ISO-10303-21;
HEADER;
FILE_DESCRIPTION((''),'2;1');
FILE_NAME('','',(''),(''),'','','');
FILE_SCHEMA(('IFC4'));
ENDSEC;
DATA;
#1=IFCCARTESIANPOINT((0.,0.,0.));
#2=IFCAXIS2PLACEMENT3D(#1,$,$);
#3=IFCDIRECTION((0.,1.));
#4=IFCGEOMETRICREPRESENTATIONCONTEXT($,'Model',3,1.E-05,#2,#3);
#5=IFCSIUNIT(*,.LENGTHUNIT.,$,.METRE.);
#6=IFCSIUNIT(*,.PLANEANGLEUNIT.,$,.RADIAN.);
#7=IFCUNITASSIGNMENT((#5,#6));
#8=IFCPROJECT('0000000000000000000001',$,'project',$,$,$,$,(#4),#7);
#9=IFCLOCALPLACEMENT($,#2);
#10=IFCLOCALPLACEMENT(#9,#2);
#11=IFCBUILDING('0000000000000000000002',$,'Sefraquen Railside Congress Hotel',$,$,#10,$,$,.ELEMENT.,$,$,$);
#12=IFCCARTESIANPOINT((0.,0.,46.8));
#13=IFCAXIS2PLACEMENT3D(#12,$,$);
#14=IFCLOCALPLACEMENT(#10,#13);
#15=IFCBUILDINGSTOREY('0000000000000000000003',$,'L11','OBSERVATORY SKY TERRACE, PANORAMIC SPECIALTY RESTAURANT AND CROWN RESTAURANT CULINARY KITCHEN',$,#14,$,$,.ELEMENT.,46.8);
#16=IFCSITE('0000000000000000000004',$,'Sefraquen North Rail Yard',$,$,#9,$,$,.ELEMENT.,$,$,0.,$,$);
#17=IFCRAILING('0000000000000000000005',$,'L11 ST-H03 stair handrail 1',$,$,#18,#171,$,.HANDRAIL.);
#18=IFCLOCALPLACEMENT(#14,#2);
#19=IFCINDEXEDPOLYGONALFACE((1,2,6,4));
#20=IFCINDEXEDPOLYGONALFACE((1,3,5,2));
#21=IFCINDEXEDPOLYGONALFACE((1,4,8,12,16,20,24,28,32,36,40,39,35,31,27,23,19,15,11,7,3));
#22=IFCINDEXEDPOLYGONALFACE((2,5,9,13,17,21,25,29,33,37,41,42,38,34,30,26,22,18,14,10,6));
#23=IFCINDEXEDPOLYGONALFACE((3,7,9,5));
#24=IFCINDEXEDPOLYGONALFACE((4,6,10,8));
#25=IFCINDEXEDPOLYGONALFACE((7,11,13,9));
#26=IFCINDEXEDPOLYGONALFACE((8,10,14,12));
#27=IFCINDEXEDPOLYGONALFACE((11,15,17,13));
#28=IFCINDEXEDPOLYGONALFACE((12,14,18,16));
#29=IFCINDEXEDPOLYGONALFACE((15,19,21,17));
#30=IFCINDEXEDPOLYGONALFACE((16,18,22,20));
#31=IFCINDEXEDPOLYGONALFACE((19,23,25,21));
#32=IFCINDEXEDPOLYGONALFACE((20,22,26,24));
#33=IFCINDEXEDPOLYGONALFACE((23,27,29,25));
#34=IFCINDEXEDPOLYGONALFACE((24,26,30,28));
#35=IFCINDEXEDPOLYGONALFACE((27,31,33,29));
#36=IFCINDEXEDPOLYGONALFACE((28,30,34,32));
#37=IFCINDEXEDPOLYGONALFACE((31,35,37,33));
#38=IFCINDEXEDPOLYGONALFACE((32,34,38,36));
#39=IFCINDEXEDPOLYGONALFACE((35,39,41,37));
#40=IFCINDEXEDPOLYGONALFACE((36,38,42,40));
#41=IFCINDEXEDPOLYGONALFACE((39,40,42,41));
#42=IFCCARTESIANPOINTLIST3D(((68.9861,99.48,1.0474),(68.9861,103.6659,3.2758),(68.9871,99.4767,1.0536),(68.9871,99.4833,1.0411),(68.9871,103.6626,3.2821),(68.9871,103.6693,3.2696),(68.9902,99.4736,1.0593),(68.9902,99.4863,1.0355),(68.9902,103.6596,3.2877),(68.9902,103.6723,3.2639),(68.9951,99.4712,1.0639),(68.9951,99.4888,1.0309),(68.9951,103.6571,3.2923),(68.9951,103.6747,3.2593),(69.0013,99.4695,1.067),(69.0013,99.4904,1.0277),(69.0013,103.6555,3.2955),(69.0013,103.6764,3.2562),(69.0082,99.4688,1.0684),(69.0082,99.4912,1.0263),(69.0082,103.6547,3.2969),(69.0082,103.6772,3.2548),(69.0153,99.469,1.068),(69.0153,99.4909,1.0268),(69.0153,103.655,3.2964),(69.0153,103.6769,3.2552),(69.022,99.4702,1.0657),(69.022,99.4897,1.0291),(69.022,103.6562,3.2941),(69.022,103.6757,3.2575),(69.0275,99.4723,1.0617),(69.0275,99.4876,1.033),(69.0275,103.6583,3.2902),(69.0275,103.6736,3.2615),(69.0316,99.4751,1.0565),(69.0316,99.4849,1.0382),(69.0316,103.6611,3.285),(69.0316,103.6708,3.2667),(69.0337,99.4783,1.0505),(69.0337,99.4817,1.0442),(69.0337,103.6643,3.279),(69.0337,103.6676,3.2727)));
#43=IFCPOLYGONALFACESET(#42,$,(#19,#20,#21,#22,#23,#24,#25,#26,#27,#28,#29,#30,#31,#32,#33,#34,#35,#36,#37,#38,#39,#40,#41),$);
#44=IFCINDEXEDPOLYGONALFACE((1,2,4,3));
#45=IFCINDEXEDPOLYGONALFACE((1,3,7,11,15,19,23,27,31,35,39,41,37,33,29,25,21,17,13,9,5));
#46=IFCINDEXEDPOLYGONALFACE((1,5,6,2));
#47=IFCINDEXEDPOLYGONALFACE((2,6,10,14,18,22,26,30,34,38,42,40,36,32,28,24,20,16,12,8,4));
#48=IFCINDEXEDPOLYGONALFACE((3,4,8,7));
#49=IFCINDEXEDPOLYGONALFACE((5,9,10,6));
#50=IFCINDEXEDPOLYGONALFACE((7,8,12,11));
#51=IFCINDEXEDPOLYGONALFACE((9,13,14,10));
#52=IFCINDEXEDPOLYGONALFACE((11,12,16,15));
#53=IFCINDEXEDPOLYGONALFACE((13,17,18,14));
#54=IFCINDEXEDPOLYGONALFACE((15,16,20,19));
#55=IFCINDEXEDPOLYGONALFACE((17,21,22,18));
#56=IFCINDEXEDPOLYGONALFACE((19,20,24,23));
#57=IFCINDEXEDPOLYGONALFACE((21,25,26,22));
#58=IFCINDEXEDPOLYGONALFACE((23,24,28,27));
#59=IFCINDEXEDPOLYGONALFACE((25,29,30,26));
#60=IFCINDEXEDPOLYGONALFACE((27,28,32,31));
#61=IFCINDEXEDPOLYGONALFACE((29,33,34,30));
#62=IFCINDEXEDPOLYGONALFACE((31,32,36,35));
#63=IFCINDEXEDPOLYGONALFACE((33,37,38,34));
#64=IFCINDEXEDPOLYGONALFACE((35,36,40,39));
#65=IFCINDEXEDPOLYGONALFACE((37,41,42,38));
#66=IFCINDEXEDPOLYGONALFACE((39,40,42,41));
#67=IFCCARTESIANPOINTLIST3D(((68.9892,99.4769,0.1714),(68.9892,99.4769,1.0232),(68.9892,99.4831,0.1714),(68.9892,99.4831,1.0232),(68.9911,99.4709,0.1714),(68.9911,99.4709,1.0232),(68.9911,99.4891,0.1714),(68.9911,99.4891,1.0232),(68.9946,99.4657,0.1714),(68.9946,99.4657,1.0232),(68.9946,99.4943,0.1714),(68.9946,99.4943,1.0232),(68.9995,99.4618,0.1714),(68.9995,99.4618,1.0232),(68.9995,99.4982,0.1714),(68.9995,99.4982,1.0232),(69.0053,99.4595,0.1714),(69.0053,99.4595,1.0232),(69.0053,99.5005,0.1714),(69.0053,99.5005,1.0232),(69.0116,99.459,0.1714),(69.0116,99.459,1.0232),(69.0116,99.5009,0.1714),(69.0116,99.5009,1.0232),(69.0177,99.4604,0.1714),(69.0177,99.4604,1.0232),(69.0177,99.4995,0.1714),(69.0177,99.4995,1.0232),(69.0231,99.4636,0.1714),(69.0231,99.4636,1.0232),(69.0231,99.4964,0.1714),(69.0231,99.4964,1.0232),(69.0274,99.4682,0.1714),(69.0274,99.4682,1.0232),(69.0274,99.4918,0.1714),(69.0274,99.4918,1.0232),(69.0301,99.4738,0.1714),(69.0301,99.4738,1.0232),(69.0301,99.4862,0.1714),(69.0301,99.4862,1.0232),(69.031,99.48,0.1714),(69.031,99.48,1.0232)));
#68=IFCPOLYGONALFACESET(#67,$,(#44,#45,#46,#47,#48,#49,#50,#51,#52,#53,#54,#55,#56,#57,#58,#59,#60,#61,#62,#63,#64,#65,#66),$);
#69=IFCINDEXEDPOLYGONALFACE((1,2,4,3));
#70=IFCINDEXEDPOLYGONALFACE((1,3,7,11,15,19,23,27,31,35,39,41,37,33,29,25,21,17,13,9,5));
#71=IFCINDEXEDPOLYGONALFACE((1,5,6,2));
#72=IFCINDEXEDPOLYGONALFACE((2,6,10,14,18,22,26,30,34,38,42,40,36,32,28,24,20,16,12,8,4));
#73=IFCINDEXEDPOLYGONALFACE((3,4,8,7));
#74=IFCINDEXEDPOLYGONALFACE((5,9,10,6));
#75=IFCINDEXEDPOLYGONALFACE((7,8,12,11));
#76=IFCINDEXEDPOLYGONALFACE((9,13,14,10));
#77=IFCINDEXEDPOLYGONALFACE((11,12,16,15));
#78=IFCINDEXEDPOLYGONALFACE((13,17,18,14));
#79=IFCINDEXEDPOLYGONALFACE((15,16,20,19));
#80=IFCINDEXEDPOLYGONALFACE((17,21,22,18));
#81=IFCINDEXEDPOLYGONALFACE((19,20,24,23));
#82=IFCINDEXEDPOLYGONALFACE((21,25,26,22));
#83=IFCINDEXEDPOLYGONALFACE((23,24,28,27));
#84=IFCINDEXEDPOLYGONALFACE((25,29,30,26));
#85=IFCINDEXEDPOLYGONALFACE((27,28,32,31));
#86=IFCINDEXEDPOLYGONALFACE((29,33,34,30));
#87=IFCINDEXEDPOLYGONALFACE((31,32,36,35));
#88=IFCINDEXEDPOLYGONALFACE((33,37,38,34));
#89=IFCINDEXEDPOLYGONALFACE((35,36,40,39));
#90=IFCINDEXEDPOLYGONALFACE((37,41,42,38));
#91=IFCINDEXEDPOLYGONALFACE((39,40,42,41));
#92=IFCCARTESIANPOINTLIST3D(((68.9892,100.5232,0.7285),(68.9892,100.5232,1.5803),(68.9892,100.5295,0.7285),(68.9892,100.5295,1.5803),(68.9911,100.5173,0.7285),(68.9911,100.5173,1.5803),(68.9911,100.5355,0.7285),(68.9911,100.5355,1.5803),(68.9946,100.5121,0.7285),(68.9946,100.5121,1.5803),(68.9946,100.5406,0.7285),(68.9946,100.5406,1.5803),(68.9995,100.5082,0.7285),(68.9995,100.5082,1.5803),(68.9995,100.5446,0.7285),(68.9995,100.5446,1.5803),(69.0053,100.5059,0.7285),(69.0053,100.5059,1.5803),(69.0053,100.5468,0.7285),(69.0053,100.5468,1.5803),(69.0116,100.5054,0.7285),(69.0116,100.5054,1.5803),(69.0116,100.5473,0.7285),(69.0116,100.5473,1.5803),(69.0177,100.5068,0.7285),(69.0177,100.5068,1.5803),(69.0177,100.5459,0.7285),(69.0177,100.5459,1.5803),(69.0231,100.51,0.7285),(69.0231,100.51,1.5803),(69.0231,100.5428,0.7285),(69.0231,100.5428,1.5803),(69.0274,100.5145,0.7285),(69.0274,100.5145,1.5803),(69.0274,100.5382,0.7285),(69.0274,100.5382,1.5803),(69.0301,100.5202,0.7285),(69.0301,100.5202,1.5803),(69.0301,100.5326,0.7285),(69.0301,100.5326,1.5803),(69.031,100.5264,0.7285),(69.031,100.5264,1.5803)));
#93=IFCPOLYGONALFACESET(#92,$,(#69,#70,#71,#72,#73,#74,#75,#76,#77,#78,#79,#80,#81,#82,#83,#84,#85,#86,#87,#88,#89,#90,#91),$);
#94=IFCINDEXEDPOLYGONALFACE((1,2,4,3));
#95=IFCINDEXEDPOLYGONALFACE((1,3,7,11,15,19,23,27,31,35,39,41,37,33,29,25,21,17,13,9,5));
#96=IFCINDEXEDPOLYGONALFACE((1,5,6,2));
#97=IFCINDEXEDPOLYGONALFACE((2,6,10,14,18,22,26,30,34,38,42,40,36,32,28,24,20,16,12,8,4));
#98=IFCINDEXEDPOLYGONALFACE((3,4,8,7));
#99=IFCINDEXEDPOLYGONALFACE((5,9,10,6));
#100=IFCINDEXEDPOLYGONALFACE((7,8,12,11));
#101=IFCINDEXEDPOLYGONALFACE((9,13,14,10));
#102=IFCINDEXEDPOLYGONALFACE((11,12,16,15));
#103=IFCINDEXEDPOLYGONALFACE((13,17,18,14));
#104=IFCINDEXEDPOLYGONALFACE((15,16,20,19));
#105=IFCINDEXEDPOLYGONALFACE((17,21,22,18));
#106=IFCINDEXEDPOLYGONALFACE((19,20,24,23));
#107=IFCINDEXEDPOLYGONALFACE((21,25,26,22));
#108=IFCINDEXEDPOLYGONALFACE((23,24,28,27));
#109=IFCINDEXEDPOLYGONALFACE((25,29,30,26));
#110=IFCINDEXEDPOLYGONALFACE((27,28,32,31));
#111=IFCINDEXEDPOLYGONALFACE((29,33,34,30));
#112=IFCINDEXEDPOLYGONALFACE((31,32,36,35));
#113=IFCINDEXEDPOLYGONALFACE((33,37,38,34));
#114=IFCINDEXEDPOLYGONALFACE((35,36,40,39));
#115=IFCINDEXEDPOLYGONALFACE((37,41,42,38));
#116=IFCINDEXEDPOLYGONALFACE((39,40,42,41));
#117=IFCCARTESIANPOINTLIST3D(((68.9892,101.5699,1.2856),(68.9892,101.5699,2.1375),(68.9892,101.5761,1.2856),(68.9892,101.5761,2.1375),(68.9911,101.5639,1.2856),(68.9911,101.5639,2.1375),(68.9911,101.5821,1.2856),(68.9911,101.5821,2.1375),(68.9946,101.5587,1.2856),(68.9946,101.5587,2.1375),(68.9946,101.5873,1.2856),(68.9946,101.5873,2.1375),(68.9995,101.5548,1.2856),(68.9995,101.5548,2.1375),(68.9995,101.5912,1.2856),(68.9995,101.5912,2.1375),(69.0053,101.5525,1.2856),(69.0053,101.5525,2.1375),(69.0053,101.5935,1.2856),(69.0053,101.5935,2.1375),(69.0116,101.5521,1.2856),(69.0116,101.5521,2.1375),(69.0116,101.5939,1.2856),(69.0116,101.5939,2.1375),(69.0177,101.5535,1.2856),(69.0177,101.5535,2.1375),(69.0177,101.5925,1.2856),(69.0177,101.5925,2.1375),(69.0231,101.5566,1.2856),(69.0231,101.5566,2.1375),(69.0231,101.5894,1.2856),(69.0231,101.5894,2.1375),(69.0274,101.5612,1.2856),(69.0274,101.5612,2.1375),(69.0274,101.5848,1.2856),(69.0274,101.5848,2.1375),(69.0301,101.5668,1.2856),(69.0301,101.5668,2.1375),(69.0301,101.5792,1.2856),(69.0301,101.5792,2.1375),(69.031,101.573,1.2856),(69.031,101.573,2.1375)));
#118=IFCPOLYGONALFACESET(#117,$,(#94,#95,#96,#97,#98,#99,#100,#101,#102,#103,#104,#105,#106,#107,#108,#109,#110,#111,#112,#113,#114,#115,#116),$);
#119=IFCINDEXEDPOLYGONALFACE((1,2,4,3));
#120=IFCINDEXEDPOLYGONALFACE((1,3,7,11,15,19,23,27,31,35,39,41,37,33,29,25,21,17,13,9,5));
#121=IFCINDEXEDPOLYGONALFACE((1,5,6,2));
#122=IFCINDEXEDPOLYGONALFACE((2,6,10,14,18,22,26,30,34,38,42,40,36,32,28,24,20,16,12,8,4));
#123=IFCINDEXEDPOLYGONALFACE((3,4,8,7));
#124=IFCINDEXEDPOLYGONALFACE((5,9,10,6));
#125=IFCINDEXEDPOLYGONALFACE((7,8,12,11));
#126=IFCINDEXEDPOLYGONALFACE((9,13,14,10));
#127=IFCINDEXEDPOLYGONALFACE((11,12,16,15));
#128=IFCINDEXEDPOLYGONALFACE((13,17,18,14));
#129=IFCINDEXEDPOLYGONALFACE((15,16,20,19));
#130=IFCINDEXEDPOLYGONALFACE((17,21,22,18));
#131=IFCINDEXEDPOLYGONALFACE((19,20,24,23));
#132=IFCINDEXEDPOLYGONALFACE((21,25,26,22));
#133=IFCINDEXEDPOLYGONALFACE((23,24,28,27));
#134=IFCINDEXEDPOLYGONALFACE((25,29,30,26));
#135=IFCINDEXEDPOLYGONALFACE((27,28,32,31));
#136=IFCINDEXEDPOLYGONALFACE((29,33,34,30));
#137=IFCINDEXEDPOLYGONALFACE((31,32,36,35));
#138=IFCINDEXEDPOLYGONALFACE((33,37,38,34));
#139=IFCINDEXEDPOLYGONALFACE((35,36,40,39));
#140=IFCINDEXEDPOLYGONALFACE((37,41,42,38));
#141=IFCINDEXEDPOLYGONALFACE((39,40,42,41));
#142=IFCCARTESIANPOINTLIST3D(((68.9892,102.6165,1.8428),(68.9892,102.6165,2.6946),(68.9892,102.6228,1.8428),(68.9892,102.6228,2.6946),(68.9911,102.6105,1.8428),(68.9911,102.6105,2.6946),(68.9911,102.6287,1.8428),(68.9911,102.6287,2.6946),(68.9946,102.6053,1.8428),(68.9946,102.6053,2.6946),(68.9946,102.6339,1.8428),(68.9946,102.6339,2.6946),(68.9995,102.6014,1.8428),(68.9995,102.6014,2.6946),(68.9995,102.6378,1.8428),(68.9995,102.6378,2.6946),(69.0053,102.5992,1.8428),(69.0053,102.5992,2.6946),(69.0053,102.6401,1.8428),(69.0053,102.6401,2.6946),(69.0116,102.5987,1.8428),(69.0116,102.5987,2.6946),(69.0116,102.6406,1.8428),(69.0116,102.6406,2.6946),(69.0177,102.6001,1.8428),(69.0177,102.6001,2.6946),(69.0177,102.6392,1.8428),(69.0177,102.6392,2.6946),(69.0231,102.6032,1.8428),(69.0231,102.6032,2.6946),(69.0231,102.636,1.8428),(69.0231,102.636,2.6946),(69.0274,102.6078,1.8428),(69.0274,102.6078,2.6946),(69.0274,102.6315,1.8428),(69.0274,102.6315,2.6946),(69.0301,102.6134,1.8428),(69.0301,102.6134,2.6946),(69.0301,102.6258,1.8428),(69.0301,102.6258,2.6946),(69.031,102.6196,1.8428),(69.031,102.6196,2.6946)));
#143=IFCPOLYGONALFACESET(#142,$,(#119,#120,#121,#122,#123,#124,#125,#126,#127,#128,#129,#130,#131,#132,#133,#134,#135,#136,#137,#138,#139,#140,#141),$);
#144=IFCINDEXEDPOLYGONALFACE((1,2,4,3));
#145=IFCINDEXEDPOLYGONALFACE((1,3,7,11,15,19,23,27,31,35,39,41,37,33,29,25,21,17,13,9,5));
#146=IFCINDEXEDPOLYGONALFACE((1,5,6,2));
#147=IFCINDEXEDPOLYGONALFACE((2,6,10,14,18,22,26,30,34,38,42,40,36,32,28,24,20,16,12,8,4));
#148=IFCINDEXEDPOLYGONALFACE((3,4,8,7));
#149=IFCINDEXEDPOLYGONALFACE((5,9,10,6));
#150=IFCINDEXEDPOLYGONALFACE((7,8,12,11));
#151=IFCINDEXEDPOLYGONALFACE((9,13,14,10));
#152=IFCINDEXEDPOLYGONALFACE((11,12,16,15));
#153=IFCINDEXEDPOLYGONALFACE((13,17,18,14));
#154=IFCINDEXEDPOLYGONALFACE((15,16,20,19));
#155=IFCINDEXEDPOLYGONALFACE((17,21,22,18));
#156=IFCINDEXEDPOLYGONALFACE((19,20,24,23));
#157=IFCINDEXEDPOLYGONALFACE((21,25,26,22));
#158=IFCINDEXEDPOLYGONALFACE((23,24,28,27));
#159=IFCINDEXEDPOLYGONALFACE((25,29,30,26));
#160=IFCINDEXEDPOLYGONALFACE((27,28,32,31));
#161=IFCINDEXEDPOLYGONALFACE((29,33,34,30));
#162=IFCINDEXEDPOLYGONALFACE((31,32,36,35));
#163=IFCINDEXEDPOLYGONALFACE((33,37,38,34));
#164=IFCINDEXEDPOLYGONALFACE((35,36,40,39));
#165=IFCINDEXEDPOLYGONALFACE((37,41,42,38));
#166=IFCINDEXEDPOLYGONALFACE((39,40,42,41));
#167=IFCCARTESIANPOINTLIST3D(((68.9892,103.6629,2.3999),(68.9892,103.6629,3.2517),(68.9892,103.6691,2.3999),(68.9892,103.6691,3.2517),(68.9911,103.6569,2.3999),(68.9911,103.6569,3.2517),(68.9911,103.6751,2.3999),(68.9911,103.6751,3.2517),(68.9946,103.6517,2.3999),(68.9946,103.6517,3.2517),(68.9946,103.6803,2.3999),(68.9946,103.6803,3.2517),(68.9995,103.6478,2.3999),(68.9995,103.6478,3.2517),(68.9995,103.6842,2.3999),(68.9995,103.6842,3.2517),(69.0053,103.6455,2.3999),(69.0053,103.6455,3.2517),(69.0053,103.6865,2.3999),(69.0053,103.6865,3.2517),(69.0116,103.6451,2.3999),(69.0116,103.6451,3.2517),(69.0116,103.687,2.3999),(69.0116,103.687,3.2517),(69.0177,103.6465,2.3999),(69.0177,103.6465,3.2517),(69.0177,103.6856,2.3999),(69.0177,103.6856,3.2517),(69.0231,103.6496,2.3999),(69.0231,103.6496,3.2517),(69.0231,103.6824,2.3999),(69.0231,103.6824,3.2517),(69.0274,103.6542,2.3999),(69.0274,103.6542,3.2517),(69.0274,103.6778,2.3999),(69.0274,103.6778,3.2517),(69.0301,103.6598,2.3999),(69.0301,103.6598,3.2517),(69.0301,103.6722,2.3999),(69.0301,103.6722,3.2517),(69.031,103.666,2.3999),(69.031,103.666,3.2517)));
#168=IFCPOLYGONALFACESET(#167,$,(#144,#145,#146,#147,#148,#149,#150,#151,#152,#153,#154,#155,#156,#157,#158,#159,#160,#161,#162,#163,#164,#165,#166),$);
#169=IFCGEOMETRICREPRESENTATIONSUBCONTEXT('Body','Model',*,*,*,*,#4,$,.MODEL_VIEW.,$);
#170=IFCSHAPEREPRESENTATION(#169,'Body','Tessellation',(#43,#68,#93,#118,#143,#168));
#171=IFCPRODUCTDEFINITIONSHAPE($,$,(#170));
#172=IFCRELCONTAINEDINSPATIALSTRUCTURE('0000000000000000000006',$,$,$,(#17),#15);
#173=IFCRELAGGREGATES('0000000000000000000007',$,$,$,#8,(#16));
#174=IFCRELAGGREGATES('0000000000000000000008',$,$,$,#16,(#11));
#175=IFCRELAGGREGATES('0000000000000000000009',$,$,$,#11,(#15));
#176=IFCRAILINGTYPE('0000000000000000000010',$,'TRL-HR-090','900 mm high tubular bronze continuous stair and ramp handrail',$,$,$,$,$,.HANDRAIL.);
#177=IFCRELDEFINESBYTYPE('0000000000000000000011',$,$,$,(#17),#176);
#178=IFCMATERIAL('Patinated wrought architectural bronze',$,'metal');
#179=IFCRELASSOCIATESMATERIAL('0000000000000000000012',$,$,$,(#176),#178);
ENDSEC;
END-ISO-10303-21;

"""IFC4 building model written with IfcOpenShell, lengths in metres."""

from ifc_helpers import new_model, si_unit, direction, frame, origin, origin_2d, place, context, subcontext, project, spatial, circle, extrude, material, type_object, element, save


model = new_model("IFC4")

# Units and contexts
model_context = context("Model", 3, precision=1e-05, world=origin(), true_north=direction((0.0, 1.0)))
body_context = subcontext(model_context, "Body", "Model", "MODEL_VIEW")
ifc_project = project(units=[si_unit("LENGTHUNIT", "METRE"), si_unit("PLANEANGLEUNIT", "RADIAN")], contexts=[model_context])

# Site, building, storey
site_placement = place(None, origin())
site = spatial("IfcSite", under=ifc_project, at=site_placement, Name="Sefraquen North Rail Yard", CompositionType="ELEMENT", RefElevation=0.0)
building_placement = place(site_placement, origin())
building = spatial("IfcBuilding", under=site, at=building_placement, Name="Sefraquen Railside Congress Hotel", CompositionType="ELEMENT")
storey_placement = place(building_placement, frame((0.0, 0.0, 46.8)))
storey = spatial("IfcBuildingStorey", under=building, at=storey_placement, Name="L11", Description="OBSERVATORY SKY TERRACE, PANORAMIC SPECIALTY RESTAURANT AND CROWN RESTAURANT CULINARY KITCHEN", CompositionType="ELEMENT", Elevation=46.8)

# Railing
ifc_material_1 = material(Name="Patinated wrought architectural bronze", Category="metal")
railing_type_1 = type_object("IfcRailingType", Name="TRL-HR-090", Description="900 mm high tubular bronze continuous stair and ramp handrail", PredefinedType="HANDRAIL", material=ifc_material_1)
railing_1_placement = place(storey_placement, frame((69.01, 99.48, 0.1714)))
element("IfcRailing", 1, at=railing_1_placement, inside=storey, type_object=railing_type_1, Name="L11 ST-H03 stair handrail 1", PredefinedType="HANDRAIL", context=body_context, shape_type="SweptSolid", body=[
    extrude(circle(Radius=0.0239, at=origin_2d()), frame((0.0, 0.0, 0.876), z_axis=(0.0, 0.882706, 0.469925), x_axis=(-1.0, 0.0, 0.0)), (0.0, 0.0, 1.0), 4.7422),
    extrude(circle(Radius=0.021, at=origin_2d()), origin(), (0.0, 0.0, 1.0), 0.8518),
    extrude(circle(Radius=0.021, at=origin_2d()), frame((0.0, 1.0464, 0.5571)), (0.0, 0.0, 1.0), 0.8518),
    extrude(circle(Radius=0.021, at=origin_2d()), frame((0.0, 2.093, 1.1143)), (0.0, 0.0, 1.0), 0.8518),
    extrude(circle(Radius=0.021, at=origin_2d()), frame((0.0, 3.1396, 1.6714)), (0.0, 0.0, 1.0), 0.8518),
    extrude(circle(Radius=0.021, at=origin_2d()), frame((0.0, 4.186, 2.2285)), (0.0, 0.0, 1.0), 0.8518),
])

save(model, "model.ifc")
